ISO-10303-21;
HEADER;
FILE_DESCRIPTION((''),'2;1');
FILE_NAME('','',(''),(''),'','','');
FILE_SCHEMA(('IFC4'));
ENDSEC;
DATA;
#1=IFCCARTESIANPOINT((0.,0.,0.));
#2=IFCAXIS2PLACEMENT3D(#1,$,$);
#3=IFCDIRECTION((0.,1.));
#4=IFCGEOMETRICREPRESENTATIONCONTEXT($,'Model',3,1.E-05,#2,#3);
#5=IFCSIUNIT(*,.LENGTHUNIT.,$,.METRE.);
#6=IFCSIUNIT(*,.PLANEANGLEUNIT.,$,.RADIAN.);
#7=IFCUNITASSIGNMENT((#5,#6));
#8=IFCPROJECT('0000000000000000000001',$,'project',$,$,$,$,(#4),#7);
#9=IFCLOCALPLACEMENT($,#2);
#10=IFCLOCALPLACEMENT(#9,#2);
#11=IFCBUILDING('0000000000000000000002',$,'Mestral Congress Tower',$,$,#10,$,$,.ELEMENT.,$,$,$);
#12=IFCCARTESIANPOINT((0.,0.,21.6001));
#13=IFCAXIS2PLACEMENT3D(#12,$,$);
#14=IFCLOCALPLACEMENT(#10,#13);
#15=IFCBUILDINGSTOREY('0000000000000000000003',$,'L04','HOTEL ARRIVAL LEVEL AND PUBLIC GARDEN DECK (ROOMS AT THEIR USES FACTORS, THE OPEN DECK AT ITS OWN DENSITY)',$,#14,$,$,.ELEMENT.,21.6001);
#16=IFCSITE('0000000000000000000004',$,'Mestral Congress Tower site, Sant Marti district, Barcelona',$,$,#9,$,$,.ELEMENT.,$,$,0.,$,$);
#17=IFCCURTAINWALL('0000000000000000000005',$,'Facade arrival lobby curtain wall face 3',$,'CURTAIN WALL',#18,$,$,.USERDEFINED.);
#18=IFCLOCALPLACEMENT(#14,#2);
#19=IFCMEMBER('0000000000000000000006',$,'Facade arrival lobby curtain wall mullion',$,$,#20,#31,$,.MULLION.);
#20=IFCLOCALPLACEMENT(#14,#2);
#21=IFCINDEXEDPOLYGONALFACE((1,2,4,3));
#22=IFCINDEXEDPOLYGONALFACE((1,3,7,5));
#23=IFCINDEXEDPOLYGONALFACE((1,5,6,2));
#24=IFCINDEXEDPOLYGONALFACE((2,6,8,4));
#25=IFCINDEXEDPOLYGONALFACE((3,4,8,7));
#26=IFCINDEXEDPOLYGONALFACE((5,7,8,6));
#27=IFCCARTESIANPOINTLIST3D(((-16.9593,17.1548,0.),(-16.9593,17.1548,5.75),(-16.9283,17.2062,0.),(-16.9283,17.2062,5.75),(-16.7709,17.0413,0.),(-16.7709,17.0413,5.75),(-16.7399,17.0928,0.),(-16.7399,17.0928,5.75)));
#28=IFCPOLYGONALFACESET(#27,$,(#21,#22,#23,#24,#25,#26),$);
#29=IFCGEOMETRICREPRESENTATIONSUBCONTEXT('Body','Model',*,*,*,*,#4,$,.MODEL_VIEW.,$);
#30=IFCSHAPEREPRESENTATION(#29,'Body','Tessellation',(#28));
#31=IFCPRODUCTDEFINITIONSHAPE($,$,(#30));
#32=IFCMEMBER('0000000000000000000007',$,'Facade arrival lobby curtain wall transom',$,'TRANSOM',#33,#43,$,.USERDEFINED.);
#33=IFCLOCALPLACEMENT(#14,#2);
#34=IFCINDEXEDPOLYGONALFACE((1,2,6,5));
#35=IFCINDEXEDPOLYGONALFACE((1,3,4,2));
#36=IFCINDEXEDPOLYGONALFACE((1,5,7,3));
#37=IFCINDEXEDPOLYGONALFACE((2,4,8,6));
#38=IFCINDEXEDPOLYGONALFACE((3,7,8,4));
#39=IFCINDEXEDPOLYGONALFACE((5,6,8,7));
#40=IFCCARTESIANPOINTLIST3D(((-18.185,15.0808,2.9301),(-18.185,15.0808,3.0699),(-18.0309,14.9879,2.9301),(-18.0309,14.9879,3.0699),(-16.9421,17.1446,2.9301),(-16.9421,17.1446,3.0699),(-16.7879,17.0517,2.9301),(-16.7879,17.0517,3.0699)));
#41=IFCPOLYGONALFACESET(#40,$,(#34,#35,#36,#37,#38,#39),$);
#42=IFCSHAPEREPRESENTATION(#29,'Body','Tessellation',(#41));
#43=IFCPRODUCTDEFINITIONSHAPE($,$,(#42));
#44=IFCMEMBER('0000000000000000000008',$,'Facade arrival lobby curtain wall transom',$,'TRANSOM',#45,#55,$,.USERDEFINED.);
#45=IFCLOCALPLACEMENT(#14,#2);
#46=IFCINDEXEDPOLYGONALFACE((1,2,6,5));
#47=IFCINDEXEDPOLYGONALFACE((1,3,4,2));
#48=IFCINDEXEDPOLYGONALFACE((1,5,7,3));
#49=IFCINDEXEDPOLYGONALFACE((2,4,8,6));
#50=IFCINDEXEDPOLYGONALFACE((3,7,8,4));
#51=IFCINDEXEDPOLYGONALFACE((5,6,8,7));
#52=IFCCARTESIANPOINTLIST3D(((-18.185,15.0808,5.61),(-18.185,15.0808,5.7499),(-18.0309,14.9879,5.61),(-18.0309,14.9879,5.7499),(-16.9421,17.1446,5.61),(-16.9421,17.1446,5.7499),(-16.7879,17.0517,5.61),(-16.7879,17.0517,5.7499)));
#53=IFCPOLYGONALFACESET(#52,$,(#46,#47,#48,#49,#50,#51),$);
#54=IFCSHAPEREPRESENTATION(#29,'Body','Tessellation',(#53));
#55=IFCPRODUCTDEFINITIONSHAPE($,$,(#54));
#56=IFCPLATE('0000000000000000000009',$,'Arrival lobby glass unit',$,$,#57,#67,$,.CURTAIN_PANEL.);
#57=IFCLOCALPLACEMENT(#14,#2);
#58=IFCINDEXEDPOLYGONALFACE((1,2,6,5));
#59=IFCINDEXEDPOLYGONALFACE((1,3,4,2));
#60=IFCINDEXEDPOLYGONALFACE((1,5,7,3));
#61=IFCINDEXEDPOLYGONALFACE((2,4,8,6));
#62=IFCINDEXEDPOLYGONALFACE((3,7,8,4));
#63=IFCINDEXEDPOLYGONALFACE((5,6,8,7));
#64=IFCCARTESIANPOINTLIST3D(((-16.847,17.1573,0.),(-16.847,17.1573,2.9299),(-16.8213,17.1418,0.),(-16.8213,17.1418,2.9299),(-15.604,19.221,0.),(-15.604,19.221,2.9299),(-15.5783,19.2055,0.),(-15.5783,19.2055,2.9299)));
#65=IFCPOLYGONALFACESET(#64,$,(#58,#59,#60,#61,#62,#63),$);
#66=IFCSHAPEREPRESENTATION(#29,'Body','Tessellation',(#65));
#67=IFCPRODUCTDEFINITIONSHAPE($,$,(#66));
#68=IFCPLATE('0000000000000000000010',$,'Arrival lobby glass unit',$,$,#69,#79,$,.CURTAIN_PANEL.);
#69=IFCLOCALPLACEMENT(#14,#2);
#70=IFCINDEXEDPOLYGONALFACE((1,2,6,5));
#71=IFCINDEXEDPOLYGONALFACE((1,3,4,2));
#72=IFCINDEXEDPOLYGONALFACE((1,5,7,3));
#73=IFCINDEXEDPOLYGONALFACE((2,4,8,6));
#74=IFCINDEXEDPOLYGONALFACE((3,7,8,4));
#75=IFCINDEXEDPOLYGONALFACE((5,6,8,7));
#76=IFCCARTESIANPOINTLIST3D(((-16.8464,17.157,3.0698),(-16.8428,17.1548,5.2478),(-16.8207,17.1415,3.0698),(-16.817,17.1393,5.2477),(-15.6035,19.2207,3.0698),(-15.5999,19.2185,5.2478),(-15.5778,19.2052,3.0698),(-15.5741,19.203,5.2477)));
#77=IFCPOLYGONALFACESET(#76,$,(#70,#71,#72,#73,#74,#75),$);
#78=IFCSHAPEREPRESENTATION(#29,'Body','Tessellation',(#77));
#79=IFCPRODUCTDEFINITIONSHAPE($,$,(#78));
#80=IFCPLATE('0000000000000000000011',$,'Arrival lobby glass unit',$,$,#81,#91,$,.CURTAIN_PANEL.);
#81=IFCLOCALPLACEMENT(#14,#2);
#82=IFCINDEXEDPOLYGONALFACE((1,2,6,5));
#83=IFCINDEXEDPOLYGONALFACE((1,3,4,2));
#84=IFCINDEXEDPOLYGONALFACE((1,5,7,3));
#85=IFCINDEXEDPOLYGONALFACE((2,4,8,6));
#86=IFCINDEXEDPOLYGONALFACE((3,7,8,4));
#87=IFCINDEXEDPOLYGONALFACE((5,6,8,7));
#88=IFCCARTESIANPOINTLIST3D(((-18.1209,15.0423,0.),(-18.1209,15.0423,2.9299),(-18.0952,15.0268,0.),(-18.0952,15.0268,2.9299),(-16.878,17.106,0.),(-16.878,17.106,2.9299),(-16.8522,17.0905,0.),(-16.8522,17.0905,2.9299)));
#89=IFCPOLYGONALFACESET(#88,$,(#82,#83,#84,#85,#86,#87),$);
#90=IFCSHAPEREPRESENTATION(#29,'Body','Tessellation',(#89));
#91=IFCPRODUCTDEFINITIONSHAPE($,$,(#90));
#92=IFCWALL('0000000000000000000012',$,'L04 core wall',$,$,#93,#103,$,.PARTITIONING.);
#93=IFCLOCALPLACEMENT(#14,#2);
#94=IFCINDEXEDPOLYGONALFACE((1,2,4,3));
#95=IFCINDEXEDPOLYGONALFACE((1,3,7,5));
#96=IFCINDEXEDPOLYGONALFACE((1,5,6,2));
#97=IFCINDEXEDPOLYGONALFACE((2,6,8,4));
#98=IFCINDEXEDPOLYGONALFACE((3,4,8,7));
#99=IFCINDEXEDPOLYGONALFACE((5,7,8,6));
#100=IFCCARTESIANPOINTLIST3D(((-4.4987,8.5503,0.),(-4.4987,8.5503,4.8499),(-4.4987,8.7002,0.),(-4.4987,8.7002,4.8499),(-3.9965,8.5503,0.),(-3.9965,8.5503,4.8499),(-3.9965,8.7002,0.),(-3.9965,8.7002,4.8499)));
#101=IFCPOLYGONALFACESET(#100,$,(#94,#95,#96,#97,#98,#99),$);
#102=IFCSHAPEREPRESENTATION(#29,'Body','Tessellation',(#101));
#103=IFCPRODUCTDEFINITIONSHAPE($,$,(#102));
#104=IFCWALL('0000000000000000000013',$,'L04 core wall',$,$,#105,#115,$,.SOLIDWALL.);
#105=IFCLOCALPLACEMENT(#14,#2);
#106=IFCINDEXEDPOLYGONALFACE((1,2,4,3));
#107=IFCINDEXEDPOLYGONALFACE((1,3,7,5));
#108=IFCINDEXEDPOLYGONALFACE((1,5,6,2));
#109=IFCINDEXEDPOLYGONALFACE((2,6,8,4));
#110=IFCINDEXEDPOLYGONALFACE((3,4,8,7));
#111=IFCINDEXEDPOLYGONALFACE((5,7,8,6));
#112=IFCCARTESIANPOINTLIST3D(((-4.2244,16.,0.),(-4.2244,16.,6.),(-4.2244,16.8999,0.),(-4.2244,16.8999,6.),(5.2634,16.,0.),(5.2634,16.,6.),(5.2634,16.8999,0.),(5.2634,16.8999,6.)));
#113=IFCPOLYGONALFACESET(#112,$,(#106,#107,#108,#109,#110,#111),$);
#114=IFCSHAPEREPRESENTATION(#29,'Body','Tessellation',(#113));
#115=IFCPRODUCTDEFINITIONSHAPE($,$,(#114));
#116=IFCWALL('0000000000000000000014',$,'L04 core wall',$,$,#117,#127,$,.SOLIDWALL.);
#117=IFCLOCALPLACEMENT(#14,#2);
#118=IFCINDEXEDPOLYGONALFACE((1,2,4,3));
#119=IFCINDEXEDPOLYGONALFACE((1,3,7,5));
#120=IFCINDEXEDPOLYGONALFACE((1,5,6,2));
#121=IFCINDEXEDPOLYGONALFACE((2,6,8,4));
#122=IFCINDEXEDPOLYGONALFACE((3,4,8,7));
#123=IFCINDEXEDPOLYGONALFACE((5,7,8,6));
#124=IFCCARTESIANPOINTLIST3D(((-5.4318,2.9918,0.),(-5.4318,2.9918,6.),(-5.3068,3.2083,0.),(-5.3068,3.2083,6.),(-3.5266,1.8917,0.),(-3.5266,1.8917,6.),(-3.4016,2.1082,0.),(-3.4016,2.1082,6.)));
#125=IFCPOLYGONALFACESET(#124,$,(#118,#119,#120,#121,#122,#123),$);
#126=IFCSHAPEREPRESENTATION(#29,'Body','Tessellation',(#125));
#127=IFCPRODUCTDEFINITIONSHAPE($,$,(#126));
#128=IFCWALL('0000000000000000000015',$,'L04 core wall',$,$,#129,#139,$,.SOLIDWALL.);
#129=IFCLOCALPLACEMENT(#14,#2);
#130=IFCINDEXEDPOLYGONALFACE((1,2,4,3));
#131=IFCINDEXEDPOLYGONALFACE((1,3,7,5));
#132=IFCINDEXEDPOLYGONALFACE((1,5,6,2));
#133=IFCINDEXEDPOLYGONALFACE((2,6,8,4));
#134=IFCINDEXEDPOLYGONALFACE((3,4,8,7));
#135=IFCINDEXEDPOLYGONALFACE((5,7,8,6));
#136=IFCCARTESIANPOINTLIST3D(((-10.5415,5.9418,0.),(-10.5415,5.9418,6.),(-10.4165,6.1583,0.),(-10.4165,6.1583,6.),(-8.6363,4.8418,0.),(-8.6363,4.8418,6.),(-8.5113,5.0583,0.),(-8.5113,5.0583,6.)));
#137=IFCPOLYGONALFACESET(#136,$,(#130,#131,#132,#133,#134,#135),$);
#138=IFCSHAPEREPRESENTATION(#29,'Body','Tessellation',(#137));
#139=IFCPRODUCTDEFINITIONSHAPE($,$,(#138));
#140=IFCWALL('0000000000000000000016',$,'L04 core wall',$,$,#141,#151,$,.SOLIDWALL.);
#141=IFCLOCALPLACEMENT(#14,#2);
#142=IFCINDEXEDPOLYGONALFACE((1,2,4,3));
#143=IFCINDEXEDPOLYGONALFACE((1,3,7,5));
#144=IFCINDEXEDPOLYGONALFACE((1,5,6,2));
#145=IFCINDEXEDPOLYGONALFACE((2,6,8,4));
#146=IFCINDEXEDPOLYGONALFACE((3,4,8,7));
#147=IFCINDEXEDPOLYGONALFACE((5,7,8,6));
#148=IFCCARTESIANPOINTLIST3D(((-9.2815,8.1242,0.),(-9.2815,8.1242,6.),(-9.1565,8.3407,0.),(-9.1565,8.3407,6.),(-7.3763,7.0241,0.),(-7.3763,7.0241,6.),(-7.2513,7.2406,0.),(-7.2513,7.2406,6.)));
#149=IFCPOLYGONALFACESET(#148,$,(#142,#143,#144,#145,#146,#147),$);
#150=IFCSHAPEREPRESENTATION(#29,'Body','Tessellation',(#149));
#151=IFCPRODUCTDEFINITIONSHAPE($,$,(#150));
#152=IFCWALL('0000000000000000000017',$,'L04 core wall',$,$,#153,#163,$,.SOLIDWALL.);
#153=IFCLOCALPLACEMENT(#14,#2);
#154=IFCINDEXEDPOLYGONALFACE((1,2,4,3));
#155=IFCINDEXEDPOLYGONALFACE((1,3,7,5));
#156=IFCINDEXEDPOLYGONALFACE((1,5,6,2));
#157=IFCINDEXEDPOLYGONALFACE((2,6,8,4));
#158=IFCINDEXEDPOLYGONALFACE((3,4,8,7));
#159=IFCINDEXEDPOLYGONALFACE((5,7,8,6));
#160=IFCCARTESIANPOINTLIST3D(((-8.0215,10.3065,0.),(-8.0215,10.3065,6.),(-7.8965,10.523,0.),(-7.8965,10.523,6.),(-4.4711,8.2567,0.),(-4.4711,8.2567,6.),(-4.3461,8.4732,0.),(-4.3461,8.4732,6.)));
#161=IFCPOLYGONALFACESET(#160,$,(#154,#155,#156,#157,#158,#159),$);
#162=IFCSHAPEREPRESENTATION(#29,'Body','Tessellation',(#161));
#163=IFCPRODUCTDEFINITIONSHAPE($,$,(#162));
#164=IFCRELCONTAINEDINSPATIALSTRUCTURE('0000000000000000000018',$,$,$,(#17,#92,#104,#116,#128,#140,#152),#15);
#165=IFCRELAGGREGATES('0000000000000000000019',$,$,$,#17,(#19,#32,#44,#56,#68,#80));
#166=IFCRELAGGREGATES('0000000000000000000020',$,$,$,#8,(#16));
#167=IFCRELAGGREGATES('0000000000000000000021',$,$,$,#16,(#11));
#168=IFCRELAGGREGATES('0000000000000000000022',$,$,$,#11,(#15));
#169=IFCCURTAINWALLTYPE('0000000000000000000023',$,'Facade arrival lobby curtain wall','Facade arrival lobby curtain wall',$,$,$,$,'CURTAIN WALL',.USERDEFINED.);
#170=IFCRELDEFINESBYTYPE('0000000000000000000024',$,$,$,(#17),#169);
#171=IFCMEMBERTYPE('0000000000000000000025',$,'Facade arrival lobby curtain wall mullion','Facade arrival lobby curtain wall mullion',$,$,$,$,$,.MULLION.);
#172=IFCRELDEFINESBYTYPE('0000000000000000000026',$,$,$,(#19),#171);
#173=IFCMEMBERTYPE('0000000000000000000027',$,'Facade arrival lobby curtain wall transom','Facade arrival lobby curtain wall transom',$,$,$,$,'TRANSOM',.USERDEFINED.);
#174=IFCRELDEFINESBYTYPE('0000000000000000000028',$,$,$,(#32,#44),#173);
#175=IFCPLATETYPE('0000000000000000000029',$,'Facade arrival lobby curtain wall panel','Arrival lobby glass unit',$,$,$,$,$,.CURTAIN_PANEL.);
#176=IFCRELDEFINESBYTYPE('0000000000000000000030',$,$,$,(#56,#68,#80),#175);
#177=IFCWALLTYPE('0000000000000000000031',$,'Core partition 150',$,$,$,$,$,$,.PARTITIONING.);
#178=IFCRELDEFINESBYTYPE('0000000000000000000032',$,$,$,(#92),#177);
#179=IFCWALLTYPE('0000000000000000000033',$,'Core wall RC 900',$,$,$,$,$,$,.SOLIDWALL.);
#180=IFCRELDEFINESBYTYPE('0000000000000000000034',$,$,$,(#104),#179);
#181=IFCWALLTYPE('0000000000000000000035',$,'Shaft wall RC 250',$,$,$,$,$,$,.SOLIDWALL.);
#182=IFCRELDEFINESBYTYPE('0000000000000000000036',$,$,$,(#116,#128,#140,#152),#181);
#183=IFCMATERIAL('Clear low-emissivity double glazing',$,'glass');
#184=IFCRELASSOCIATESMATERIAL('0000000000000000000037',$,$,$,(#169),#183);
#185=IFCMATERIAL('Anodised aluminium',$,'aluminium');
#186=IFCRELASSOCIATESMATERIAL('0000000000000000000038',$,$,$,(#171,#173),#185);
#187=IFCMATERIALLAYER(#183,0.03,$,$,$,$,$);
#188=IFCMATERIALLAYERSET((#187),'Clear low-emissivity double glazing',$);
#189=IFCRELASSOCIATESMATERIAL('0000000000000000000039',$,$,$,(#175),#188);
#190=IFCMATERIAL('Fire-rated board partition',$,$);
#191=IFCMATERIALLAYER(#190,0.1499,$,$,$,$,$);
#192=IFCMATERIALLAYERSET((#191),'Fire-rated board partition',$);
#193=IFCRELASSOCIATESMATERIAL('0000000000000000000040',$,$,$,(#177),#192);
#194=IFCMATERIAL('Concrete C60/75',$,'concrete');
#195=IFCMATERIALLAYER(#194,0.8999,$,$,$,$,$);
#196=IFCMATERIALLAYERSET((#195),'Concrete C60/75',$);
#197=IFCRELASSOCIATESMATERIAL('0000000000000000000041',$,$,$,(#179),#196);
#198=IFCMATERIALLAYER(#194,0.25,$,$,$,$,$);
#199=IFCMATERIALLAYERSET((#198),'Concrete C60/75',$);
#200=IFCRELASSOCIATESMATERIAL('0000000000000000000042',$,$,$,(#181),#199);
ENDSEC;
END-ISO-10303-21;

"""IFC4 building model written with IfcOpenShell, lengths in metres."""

from ifc_helpers import new_model, si_unit, direction, frame, frame_2d, origin, origin_2d, place, context, subcontext, project, spatial, polyline, rectangle, outline, extrude, material, layer, layer_set, material_profile, profile_set, type_object, element, aggregate, save


model = new_model("IFC4")

# Units and contexts
model_context = context("Model", 3, precision=1e-05, world=origin(), true_north=direction((0.0, 1.0)))
body_context = subcontext(model_context, "Body", "Model", "MODEL_VIEW")
ifc_project = project(units=[si_unit("LENGTHUNIT", "METRE"), si_unit("PLANEANGLEUNIT", "RADIAN")], contexts=[model_context])

# Site, building, storey
site_placement = place(None, origin())
site = spatial("IfcSite", under=ifc_project, at=site_placement, Name="Mestral Congress Tower site, Sant Marti district, Barcelona", CompositionType="ELEMENT", RefElevation=0.0)
building_placement = place(site_placement, origin())
building = spatial("IfcBuilding", under=site, at=building_placement, Name="Mestral Congress Tower", CompositionType="ELEMENT")
storey_placement = place(building_placement, frame((0.0, 0.0, 21.6001)))
storey = spatial("IfcBuildingStorey", under=building, at=storey_placement, Name="L04", Description="HOTEL ARRIVAL LEVEL AND PUBLIC GARDEN DECK (ROOMS AT THEIR USES FACTORS, THE OPEN DECK AT ITS OWN DENSITY)", CompositionType="ELEMENT", Elevation=21.6001)

# Curtain wall, members, plates
ifc_material_1 = material(Name="Clear low-emissivity double glazing", Category="glass")
curtain_wall_type = type_object("IfcCurtainWallType", Name="Facade arrival lobby curtain wall", Description="Facade arrival lobby curtain wall", ElementType="CURTAIN WALL", PredefinedType="USERDEFINED", material=ifc_material_1)
curtain_wall_placement = place(storey_placement, origin())
curtain_wall = element("IfcCurtainWall", 1, at=curtain_wall_placement, inside=storey, type_object=curtain_wall_type, Name="Facade arrival lobby curtain wall face 3", ObjectType="CURTAIN WALL", PredefinedType="USERDEFINED")
ifc_material_2 = material(Name="Anodised aluminium", Category="aluminium")
ifc_material_profile_1 = material_profile(ifc_material_2, rectangle(XDim=0.22, YDim=0.0601, at=origin_2d()), Name="CW4 mullion 220 x 60")
ifc_profile_set_1 = profile_set([ifc_material_profile_1], Name="Anodised aluminium")
member_type_1 = type_object("IfcMemberType", Name="Facade arrival lobby curtain wall mullion", Description="Facade arrival lobby curtain wall mullion", PredefinedType="MULLION", material=ifc_profile_set_1)
member_1_placement = place(storey_placement, frame((-16.8496, 17.1238, 0.0), z_axis=(0.0, 0.0, 1.0), x_axis=(-0.856631, 0.515929, 0.0)))
member_1 = element("IfcMember", 2, at=member_1_placement, type_object=member_type_1, Name="Facade arrival lobby curtain wall mullion", PredefinedType="MULLION", context=body_context, shape_type="SweptSolid", body=[
    extrude(rectangle(XDim=0.22, YDim=0.0601, at=origin_2d()), origin(), (0.0, 0.0, 1.0), 5.75),
])
ifc_material_profile_2 = material_profile(ifc_material_2, rectangle(XDim=0.1799, YDim=0.1399, at=origin_2d()), Name="CW4 transom 180 x 140")
ifc_profile_set_2 = profile_set([ifc_material_profile_2], Name="Anodised aluminium")
member_type_2 = type_object("IfcMemberType", Name="Facade arrival lobby curtain wall transom", Description="Facade arrival lobby curtain wall transom", ElementType="TRANSOM", PredefinedType="USERDEFINED", material=ifc_profile_set_2)
member_2_placement = place(storey_placement, frame((-16.865, 17.0981, 3.0), z_axis=(-0.515926, -0.856633, 0.0), x_axis=(0.856633, -0.515926, 0.0)))
member_2 = element("IfcMember", 3, at=member_2_placement, type_object=member_type_2, Name="Facade arrival lobby curtain wall transom", ObjectType="TRANSOM", PredefinedType="USERDEFINED", context=body_context, shape_type="SweptSolid", body=[
    extrude(rectangle(XDim=0.1799, YDim=0.1399, at=origin_2d()), origin(), (0.0, 0.0, 1.0), 2.4092),
])
member_3_placement = place(storey_placement, frame((-16.865, 17.0981, 5.6799), z_axis=(-0.515926, -0.856633, 0.0), x_axis=(0.856633, -0.515926, 0.0)))
member_3 = element("IfcMember", 4, at=member_3_placement, type_object=member_type_2, Name="Facade arrival lobby curtain wall transom", ObjectType="TRANSOM", PredefinedType="USERDEFINED", context=body_context, shape_type="SweptSolid", body=[
    extrude(rectangle(XDim=0.1799, YDim=0.1399, at=origin_2d()), origin(), (0.0, 0.0, 1.0), 2.4092),
])
ifc_layer_1 = layer(ifc_material_1, 0.03)
ifc_layer_set_1 = layer_set([ifc_layer_1], Name="Clear low-emissivity double glazing")
plate_type = type_object("IfcPlateType", Name="Facade arrival lobby curtain wall panel", Description="Arrival lobby glass unit", PredefinedType="CURTAIN_PANEL", material=ifc_layer_set_1)
plate_1_placement = place(storey_placement, frame((-16.2126, 18.1814, 0.0), z_axis=(0.0, 0.0, 1.0), x_axis=(-0.515929, -0.856631, 0.0)))
plate_1 = element("IfcPlate", 5, at=plate_1_placement, type_object=plate_type, Name="Arrival lobby glass unit", PredefinedType="CURTAIN_PANEL", context=body_context, shape_type="SweptSolid", body=[
    extrude(rectangle(XDim=2.4092, YDim=0.03, at=origin_2d()), origin(), (0.0, 0.0, 1.0), 2.9299),
])
plate_2_placement = place(storey_placement, frame((-16.8464, 17.157, 3.0698), z_axis=(-0.856632, 0.515925, 0.001961), x_axis=(0.515926, 0.856633, 0.0)))
plate_2 = element("IfcPlate", 6, at=plate_2_placement, type_object=plate_type, Name="Arrival lobby glass unit", PredefinedType="CURTAIN_PANEL", context=body_context, shape_type="SweptSolid", body=[
    extrude(outline(polyline([(0.0, 0.0), (2.4091, 0.0), (2.4091, -2.178), (0.0, -2.178), (0.0, 0.0)])), origin(), (0.0, 0.0, -1.0), 0.03),
])
plate_3_placement = place(storey_placement, frame((-17.4866, 16.0664, 0.0), z_axis=(0.0, 0.0, 1.0), x_axis=(-0.515929, -0.856631, 0.0)))
plate_3 = element("IfcPlate", 7, at=plate_3_placement, type_object=plate_type, Name="Arrival lobby glass unit", PredefinedType="CURTAIN_PANEL", context=body_context, shape_type="SweptSolid", body=[
    extrude(rectangle(XDim=2.4092, YDim=0.03, at=origin_2d()), origin(), (0.0, 0.0, 1.0), 2.9299),
])
aggregate(curtain_wall, [member_1, member_2, member_3, plate_1, plate_2, plate_3])

# Walls
ifc_material_3 = material(Name="Fire-rated board partition")
ifc_layer_2 = layer(ifc_material_3, 0.1499)
ifc_layer_set_2 = layer_set([ifc_layer_2], Name="Fire-rated board partition")
wall_type_1 = type_object("IfcWallType", Name="Core partition 150", PredefinedType="PARTITIONING", material=ifc_layer_set_2)
wall_1_placement = place(storey_placement, frame((-3.9966, 8.6252, 0.0), z_axis=(0.0, 0.0, 1.0), x_axis=(-1.0, 0.0, 0.0)))
element("IfcWall", 8, at=wall_1_placement, inside=storey, type_object=wall_type_1, Name="L04 core wall", PredefinedType="PARTITIONING", context=body_context, shape_type="SweptSolid", body=[
    extrude(rectangle(XDim=0.5022, YDim=0.1499, at=frame_2d((0.251, 0.0))), origin(), (0.0, 0.0, 1.0), 4.8499),
])
ifc_material_4 = material(Name="Concrete C60/75", Category="concrete")
ifc_layer_3 = layer(ifc_material_4, 0.8999)
ifc_layer_set_3 = layer_set([ifc_layer_3], Name="Concrete C60/75")
wall_type_2 = type_object("IfcWallType", Name="Core wall RC 900", PredefinedType="SOLIDWALL", material=ifc_layer_set_3)
wall_2_placement = place(storey_placement, frame((-4.2244, 16.45, 0.0), z_axis=(0.0, 0.0, 1.0), x_axis=(1.0, 0.0, 0.0)))
element("IfcWall", 9, at=wall_2_placement, inside=storey, type_object=wall_type_2, Name="L04 core wall", PredefinedType="SOLIDWALL", context=body_context, shape_type="SweptSolid", body=[
    extrude(rectangle(XDim=9.4878, YDim=0.8999, at=frame_2d((4.7439, 0.0))), origin(), (0.0, 0.0, 1.0), 6.0),
])
ifc_layer_4 = layer(ifc_material_4, 0.25)
ifc_layer_set_4 = layer_set([ifc_layer_4], Name="Concrete C60/75")
wall_type_3 = type_object("IfcWallType", Name="Shaft wall RC 250", PredefinedType="SOLIDWALL", material=ifc_layer_set_4)
for number, where, z_axis, x_axis, name in (
    (10, (-5.3694, 3.1001, 0.0), (0.0, 0.0, 1.0), (0.866008, -0.50003, 0.0), "L04 core wall"),
    (11, (-8.5737, 4.95, 0.0), (0.0, 0.0, 1.0), (-0.866008, 0.50003, 0.0), "L04 core wall"),
    (12, (-7.3137, 7.1323, 0.0), (0.0, 0.0, 1.0), (-0.866008, 0.50003, 0.0), "L04 core wall"),
):
    element("IfcWall", number, at=place(storey_placement, frame(where, z_axis=z_axis, x_axis=x_axis)), inside=storey, type_object=wall_type_3, Name=name, PredefinedType="SOLIDWALL", context=body_context, shape_type="SweptSolid", body=[
        extrude(rectangle(XDim=2.2, YDim=0.25, at=frame_2d((1.1001, 0.0))), origin(), (0.0, 0.0, 1.0), 6.0),
    ])
wall_3_placement = place(storey_placement, frame((-7.959, 10.4148, 0.0), z_axis=(0.0, 0.0, 1.0), x_axis=(0.866021, -0.500008, 0.0)))
element("IfcWall", 13, at=wall_3_placement, inside=storey, type_object=wall_type_3, Name="L04 core wall", PredefinedType="SOLIDWALL", context=body_context, shape_type="SweptSolid", body=[
    extrude(rectangle(XDim=4.0996, YDim=0.25, at=frame_2d((2.0498, 0.0))), origin(), (0.0, 0.0, 1.0), 6.0),
])

save(model, "model.ifc")
